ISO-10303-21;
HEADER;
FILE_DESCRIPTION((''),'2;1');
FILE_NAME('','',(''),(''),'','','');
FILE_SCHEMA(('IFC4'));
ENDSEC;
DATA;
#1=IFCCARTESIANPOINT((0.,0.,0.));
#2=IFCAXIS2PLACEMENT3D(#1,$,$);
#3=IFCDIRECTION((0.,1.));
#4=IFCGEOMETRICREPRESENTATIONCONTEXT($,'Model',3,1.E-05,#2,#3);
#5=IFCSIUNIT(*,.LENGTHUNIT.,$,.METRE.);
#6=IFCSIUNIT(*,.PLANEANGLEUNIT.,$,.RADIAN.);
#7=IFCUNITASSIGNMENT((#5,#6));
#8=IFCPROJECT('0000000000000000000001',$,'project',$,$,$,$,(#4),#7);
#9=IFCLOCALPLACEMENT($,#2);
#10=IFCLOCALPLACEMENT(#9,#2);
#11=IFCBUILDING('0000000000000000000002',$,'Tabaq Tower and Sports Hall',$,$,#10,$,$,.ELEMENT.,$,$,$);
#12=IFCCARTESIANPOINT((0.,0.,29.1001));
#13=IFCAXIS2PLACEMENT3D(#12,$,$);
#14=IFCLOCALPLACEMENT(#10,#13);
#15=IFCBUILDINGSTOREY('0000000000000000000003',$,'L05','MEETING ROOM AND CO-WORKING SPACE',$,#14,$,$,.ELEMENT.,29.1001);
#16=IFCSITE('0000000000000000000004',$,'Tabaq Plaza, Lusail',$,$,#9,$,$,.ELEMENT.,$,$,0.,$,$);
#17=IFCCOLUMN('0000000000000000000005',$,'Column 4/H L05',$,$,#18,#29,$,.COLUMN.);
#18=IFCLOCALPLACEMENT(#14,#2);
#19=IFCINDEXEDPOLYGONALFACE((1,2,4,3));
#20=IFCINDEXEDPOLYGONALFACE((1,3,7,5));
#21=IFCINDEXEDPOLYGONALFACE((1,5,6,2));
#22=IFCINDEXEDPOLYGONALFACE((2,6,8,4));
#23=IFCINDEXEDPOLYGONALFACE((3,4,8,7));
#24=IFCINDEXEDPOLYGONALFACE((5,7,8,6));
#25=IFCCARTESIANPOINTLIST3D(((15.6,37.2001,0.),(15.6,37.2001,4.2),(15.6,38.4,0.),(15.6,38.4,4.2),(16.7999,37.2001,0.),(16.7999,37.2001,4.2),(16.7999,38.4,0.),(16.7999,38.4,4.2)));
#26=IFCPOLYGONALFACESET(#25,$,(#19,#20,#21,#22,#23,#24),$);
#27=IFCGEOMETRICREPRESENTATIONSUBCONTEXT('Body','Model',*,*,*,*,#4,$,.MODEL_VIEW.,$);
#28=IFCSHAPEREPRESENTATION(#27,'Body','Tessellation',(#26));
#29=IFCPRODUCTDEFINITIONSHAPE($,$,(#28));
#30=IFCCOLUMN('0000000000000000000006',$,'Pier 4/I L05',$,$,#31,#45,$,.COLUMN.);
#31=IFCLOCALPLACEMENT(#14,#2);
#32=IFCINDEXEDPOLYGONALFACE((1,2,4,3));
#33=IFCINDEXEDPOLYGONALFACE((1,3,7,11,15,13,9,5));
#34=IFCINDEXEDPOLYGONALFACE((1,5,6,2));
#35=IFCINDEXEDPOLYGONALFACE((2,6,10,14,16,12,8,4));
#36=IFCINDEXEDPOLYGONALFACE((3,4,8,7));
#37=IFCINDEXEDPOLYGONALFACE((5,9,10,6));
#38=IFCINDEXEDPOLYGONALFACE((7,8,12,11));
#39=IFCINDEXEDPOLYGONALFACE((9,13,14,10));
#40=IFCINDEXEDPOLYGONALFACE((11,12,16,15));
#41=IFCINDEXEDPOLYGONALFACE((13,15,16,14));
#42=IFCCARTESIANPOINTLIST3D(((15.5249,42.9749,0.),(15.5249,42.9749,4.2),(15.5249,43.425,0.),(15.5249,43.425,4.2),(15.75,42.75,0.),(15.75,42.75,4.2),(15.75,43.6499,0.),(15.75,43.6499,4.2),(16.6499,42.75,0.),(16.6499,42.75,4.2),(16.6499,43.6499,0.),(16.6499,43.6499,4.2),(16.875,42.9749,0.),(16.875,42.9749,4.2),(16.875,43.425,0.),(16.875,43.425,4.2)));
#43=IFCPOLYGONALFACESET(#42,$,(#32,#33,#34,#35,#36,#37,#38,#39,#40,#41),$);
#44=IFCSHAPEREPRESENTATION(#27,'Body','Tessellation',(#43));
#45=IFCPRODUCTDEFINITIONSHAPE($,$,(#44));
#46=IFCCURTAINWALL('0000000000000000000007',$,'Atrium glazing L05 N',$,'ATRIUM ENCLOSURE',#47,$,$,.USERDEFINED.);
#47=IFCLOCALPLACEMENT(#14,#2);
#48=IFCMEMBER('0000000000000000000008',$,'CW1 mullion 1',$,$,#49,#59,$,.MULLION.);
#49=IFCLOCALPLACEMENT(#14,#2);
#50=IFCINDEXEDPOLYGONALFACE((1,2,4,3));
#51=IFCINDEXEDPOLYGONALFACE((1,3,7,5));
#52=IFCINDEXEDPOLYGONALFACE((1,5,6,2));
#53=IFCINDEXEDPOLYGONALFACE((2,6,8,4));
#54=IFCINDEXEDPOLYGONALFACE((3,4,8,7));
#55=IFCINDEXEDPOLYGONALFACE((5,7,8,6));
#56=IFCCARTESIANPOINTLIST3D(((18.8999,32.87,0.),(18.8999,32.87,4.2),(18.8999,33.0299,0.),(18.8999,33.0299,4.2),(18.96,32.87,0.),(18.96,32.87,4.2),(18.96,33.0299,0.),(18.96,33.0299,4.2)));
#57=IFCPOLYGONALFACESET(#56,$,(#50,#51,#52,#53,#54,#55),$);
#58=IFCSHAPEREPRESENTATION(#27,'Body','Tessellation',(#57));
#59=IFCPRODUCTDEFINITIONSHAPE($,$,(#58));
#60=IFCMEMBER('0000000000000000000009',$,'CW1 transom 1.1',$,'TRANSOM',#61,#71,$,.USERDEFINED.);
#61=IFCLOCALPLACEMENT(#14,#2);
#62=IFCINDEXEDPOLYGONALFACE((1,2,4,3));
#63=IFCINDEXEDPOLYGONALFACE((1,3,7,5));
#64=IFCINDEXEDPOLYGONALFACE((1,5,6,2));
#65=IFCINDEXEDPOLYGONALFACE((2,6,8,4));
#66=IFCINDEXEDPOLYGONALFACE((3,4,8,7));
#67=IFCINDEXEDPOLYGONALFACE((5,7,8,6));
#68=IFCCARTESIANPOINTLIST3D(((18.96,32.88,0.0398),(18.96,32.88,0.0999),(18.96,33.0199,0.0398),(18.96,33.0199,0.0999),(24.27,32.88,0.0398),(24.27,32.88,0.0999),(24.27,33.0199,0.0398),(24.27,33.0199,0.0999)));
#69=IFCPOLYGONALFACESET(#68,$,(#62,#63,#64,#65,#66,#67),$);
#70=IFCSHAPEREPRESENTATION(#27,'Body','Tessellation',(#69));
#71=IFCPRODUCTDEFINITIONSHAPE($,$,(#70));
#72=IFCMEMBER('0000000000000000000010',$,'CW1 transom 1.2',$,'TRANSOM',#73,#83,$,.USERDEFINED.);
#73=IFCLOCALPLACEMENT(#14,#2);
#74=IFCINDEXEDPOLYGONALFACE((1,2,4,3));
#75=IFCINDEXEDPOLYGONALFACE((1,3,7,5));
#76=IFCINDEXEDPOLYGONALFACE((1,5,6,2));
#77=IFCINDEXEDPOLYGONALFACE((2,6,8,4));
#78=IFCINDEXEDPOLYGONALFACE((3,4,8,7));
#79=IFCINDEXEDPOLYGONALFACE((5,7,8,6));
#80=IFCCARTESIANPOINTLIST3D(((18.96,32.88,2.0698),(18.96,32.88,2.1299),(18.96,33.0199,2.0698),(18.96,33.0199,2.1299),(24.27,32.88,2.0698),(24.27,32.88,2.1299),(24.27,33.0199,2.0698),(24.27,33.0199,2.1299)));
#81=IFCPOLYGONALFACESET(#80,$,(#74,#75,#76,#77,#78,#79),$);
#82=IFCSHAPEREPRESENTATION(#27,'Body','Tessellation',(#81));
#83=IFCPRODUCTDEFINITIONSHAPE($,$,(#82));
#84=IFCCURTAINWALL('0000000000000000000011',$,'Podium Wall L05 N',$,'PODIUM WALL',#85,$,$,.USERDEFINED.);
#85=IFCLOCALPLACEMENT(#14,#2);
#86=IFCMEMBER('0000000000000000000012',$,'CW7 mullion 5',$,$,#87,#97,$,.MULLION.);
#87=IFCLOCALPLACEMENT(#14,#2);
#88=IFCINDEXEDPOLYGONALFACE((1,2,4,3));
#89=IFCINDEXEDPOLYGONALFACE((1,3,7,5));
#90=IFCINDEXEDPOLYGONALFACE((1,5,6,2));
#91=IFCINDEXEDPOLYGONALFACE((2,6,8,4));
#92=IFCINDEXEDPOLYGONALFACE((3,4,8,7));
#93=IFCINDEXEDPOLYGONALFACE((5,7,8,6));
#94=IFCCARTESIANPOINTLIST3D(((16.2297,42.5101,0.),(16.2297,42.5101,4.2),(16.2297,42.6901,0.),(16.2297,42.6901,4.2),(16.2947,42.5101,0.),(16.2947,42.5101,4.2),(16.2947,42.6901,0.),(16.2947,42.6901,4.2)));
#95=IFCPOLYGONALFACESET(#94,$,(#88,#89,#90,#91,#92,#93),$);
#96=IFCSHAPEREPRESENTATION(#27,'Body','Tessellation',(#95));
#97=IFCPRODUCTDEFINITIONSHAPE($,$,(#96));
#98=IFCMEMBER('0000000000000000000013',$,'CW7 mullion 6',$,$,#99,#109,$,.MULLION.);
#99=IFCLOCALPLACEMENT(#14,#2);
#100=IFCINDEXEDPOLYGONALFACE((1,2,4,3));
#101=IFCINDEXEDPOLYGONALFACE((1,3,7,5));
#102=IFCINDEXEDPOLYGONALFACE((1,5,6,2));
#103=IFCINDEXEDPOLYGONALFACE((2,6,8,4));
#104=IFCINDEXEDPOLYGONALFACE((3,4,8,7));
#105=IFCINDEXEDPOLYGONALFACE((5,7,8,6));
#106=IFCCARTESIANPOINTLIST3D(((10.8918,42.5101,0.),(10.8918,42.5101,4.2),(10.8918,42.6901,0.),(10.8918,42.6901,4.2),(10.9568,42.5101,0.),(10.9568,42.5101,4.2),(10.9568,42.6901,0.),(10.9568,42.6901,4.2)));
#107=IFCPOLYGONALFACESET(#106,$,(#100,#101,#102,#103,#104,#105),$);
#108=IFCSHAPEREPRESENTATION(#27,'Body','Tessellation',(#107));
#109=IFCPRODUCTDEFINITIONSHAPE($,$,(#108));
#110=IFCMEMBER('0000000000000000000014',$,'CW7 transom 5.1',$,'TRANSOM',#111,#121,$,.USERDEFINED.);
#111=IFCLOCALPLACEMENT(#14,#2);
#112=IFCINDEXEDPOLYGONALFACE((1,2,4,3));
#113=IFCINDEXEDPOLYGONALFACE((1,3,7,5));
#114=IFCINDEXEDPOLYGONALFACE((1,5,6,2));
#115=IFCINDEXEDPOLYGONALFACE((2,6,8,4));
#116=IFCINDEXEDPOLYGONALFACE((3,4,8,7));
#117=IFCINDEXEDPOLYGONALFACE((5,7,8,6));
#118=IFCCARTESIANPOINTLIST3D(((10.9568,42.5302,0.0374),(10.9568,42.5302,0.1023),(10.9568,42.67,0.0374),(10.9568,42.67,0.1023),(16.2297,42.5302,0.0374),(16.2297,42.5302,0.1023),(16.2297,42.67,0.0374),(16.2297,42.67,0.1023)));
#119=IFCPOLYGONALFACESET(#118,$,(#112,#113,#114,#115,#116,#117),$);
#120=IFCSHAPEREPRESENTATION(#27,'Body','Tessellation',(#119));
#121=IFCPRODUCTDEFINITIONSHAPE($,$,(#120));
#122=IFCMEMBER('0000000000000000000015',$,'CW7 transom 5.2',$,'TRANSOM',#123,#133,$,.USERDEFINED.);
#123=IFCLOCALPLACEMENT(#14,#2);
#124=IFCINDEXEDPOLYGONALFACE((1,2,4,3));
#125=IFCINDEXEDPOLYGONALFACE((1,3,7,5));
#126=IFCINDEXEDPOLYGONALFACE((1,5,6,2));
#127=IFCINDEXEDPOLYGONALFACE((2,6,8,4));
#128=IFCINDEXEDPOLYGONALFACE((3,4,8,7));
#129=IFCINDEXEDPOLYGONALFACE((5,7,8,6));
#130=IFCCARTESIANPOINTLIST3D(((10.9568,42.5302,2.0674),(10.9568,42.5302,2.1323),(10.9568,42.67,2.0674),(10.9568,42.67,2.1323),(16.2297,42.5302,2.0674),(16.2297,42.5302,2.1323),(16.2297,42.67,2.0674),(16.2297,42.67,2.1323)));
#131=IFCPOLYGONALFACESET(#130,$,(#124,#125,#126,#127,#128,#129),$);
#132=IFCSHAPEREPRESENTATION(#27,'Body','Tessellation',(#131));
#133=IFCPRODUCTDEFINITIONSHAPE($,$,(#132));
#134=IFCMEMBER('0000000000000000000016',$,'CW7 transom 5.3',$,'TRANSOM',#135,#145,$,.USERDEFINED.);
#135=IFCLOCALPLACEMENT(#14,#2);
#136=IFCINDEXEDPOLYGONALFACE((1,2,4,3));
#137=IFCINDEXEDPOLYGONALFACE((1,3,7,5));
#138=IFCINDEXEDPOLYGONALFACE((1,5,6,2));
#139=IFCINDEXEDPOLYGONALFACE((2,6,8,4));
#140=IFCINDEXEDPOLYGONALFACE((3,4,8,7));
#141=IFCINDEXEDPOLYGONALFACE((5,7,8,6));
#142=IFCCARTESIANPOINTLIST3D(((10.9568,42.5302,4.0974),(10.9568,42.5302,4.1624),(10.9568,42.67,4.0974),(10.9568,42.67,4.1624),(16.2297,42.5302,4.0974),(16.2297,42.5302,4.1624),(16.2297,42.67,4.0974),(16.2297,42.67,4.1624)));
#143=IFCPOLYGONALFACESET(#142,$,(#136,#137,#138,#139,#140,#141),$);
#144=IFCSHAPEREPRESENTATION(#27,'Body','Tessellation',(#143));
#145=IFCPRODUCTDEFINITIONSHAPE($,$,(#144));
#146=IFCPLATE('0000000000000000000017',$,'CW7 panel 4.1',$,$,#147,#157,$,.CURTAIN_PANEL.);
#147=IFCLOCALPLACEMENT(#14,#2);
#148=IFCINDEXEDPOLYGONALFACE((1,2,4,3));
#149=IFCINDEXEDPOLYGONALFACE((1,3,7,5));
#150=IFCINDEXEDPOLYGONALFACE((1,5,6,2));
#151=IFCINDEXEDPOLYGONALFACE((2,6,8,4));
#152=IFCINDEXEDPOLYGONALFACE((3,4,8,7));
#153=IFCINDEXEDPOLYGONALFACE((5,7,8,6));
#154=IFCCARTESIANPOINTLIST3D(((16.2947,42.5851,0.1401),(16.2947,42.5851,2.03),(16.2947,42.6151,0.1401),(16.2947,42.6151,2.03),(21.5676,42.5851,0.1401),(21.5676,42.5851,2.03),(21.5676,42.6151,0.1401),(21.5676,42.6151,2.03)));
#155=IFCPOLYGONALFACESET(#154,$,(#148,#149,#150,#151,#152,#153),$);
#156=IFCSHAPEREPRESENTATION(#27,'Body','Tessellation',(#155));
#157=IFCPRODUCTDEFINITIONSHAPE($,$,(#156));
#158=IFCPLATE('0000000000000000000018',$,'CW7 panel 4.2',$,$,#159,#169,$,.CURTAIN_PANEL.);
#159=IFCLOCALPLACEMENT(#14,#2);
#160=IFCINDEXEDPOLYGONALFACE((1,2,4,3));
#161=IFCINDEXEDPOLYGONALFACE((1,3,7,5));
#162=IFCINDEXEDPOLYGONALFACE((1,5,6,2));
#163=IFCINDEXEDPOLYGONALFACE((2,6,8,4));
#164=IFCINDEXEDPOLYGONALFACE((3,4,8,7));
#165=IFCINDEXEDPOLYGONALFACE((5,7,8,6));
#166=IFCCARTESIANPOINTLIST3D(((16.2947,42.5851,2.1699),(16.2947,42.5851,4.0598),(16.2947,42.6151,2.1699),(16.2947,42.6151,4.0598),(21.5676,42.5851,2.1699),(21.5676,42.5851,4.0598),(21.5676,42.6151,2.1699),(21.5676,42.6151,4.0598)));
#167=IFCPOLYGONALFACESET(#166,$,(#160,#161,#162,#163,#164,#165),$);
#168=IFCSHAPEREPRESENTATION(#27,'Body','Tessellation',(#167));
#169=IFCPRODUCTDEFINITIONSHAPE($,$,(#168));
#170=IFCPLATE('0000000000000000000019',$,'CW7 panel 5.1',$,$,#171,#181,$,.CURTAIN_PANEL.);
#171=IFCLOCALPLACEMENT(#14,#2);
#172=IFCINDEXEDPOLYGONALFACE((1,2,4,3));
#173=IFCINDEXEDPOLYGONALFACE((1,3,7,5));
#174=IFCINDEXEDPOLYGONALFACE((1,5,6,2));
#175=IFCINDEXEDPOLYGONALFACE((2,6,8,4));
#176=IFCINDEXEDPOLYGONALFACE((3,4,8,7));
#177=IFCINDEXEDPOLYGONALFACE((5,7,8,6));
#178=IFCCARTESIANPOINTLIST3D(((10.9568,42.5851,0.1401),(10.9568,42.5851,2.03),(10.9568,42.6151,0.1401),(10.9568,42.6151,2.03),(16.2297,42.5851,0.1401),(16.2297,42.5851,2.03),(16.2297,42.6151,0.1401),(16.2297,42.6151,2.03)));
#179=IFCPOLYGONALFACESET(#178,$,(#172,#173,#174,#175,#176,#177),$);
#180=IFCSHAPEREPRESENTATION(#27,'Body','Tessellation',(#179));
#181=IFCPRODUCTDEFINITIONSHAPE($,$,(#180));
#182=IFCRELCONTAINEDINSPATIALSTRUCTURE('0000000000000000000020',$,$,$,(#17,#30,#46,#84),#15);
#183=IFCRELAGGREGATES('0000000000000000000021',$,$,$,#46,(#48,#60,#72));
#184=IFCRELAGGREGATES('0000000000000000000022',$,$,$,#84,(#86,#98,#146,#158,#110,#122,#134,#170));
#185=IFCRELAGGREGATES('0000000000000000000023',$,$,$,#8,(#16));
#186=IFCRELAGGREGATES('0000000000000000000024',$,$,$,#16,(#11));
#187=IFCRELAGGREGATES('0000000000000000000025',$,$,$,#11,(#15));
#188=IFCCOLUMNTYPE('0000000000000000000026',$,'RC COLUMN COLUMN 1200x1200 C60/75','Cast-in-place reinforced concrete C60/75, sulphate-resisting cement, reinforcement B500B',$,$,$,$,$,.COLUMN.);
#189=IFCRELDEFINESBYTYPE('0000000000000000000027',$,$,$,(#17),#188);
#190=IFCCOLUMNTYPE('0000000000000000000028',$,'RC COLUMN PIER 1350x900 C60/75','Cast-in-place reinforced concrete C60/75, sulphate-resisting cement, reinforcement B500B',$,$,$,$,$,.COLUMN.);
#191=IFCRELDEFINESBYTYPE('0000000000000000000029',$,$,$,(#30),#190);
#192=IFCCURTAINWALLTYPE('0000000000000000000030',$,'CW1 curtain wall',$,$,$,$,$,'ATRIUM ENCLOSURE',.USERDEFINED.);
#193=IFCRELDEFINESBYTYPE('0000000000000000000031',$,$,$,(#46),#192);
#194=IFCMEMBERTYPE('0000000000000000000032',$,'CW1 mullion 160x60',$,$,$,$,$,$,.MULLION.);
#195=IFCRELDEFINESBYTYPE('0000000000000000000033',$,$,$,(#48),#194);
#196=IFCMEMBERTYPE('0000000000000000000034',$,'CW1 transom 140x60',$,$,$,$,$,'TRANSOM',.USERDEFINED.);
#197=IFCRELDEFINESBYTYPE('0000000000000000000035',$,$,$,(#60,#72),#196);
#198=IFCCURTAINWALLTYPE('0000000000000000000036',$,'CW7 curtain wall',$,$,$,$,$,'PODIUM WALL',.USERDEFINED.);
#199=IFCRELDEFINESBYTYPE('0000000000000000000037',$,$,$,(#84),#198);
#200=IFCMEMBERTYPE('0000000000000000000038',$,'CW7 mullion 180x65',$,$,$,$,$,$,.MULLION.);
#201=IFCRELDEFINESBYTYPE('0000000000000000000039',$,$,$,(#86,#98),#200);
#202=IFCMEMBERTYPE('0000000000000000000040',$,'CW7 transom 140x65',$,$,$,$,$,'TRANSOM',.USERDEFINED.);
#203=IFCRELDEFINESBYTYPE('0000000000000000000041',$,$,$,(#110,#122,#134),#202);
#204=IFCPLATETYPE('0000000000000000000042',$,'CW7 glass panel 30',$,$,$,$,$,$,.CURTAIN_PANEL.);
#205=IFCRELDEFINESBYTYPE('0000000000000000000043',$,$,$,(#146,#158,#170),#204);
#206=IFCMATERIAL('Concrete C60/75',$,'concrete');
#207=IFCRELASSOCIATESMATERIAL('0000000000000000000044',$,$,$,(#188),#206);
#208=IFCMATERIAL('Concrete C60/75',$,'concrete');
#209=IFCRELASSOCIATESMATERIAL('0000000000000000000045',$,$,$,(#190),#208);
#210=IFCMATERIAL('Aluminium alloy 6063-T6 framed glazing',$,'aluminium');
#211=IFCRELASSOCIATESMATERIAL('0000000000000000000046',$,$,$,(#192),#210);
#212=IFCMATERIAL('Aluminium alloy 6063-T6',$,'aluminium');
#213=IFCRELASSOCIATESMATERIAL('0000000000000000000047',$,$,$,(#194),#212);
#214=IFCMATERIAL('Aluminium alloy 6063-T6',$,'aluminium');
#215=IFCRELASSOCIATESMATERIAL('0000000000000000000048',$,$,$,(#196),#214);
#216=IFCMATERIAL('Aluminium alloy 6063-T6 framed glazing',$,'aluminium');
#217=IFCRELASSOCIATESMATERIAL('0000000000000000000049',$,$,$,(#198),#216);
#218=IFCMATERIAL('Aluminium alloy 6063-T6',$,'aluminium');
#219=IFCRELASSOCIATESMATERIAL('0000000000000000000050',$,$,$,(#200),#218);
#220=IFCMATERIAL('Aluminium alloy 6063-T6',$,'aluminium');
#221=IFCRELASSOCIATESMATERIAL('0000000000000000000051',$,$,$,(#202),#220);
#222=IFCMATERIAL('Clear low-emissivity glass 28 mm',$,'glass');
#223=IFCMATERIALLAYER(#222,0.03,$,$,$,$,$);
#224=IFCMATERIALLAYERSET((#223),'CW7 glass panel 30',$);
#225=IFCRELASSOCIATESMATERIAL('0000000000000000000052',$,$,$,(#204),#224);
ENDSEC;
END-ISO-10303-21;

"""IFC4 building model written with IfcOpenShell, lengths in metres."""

from ifc_helpers import new_model, si_unit, direction, frame, origin, origin_2d, place, context, subcontext, project, spatial, polyline, rectangle, outline, extrude, material, layer, layer_set, material_profile, profile_set, type_object, element, aggregate, save


model = new_model("IFC4")

# Units and contexts
model_context = context("Model", 3, precision=1e-05, world=origin(), true_north=direction((0.0, 1.0)))
body_context = subcontext(model_context, "Body", "Model", "MODEL_VIEW")
ifc_project = project(units=[si_unit("LENGTHUNIT", "METRE"), si_unit("PLANEANGLEUNIT", "RADIAN")], contexts=[model_context])

# Site, building, storey
site_placement = place(None, origin())
site = spatial("IfcSite", under=ifc_project, at=site_placement, Name="Tabaq Plaza, Lusail", CompositionType="ELEMENT", RefElevation=0.0)
building_placement = place(site_placement, origin())
building = spatial("IfcBuilding", under=site, at=building_placement, Name="Tabaq Tower and Sports Hall", CompositionType="ELEMENT")
storey_placement = place(building_placement, frame((0.0, 0.0, 29.1001)))
storey = spatial("IfcBuildingStorey", under=building, at=storey_placement, Name="L05", Description="MEETING ROOM AND CO-WORKING SPACE", CompositionType="ELEMENT", Elevation=29.1001)

# Columns
ifc_material_1 = material(Name="Concrete C60/75", Category="concrete")
ifc_material_profile_1 = material_profile(ifc_material_1, rectangle(XDim=1.2, YDim=1.2, at=origin_2d()), Name="COLUMN 1200x1200")
ifc_profile_set_1 = profile_set([ifc_material_profile_1], Name="Concrete C60/75")
column_type_1 = type_object("IfcColumnType", Name="RC COLUMN COLUMN 1200x1200 C60/75", Description="Cast-in-place reinforced concrete C60/75, sulphate-resisting cement, reinforcement B500B", PredefinedType="COLUMN", material=ifc_profile_set_1)
column_1_placement = place(storey_placement, frame((16.2, 37.8, 0.0), z_axis=(0.0, 0.0, 1.0), x_axis=(1.0, 0.0, 0.0)))
element("IfcColumn", 1, at=column_1_placement, inside=storey, type_object=column_type_1, Name="Column 4/H L05", PredefinedType="COLUMN", context=body_context, shape_type="SweptSolid", body=[
    extrude(rectangle(XDim=1.2, YDim=1.2, at=origin_2d()), origin(), (0.0, 0.0, 1.0), 4.2),
])
ifc_material_2 = material(Name="Concrete C60/75", Category="concrete")
ifc_material_profile_2 = material_profile(ifc_material_2, outline(polyline([(-0.45, -0.45), (0.45, -0.45), (0.675, -0.2251), (0.675, 0.2251), (0.45, 0.45), (-0.45, 0.45), (-0.675, 0.2251), (-0.675, -0.2251), (-0.45, -0.45)])), Name="PIER 1350x900")
ifc_profile_set_2 = profile_set([ifc_material_profile_2], Name="Concrete C60/75")
column_type_2 = type_object("IfcColumnType", Name="RC COLUMN PIER 1350x900 C60/75", Description="Cast-in-place reinforced concrete C60/75, sulphate-resisting cement, reinforcement B500B", PredefinedType="COLUMN", material=ifc_profile_set_2)
column_2_placement = place(storey_placement, frame((16.2, 43.2, 0.0), z_axis=(0.0, 0.0, 1.0), x_axis=(1.0, 0.0, 0.0)))
element("IfcColumn", 2, at=column_2_placement, inside=storey, type_object=column_type_2, Name="Pier 4/I L05", PredefinedType="COLUMN", context=body_context, shape_type="SweptSolid", body=[
    extrude(outline(polyline([(-0.45, -0.45), (0.45, -0.45), (0.675, -0.2251), (0.675, 0.2251), (0.45, 0.45), (-0.45, 0.45), (-0.675, 0.2251), (-0.675, -0.2251), (-0.45, -0.45)])), origin(), (0.0, 0.0, 1.0), 4.2),
])

# Curtain wall, members
ifc_material_3 = material(Name="Aluminium alloy 6063-T6 framed glazing", Category="aluminium")
curtain_wall_type_1 = type_object("IfcCurtainWallType", Name="CW1 curtain wall", ElementType="ATRIUM ENCLOSURE", PredefinedType="USERDEFINED", material=ifc_material_3)
curtain_wall_1_placement = place(storey_placement, origin())
curtain_wall_1 = element("IfcCurtainWall", 3, at=curtain_wall_1_placement, inside=storey, type_object=curtain_wall_type_1, Name="Atrium glazing L05 N", ObjectType="ATRIUM ENCLOSURE", PredefinedType="USERDEFINED")
ifc_material_4 = material(Name="Aluminium alloy 6063-T6", Category="aluminium")
ifc_material_profile_3 = material_profile(ifc_material_4, rectangle(XDim=0.1599, YDim=0.0601, at=origin_2d()), Name="MULLION 160x60")
ifc_profile_set_3 = profile_set([ifc_material_profile_3], Name="Aluminium alloy 6063-T6")
member_type_1 = type_object("IfcMemberType", Name="CW1 mullion 160x60", PredefinedType="MULLION", material=ifc_profile_set_3)
member_1_placement = place(storey_placement, frame((18.9299, 32.95, 0.0), z_axis=(0.0, 0.0, 1.0), x_axis=(0.0, 1.0, 0.0)))
member_1 = element("IfcMember", 4, at=member_1_placement, type_object=member_type_1, Name="CW1 mullion 1", PredefinedType="MULLION", context=body_context, shape_type="SweptSolid", body=[
    extrude(rectangle(XDim=0.1599, YDim=0.0601, at=origin_2d()), origin(), (0.0, 0.0, 1.0), 4.2),
])
ifc_material_5 = material(Name="Aluminium alloy 6063-T6", Category="aluminium")
ifc_material_profile_4 = material_profile(ifc_material_5, rectangle(XDim=0.1399, YDim=0.0601, at=origin_2d()), Name="TRANSOM 140x60")
ifc_profile_set_4 = profile_set([ifc_material_profile_4], Name="Aluminium alloy 6063-T6")
member_type_2 = type_object("IfcMemberType", Name="CW1 transom 140x60", ElementType="TRANSOM", PredefinedType="USERDEFINED", material=ifc_profile_set_4)
member_2_placement = place(storey_placement, frame((18.96, 32.95, 0.0698), z_axis=(1.0, 0.0, 0.0), x_axis=(0.0, 1.0, 0.0)))
member_2 = element("IfcMember", 5, at=member_2_placement, type_object=member_type_2, Name="CW1 transom 1.1", ObjectType="TRANSOM", PredefinedType="USERDEFINED", context=body_context, shape_type="SweptSolid", body=[
    extrude(rectangle(XDim=0.1399, YDim=0.0601, at=origin_2d()), origin(), (0.0, 0.0, 1.0), 5.3101),
])
member_3_placement = place(storey_placement, frame((18.96, 32.95, 2.0999), z_axis=(1.0, 0.0, 0.0), x_axis=(0.0, 1.0, 0.0)))
member_3 = element("IfcMember", 6, at=member_3_placement, type_object=member_type_2, Name="CW1 transom 1.2", ObjectType="TRANSOM", PredefinedType="USERDEFINED", context=body_context, shape_type="SweptSolid", body=[
    extrude(rectangle(XDim=0.1399, YDim=0.0601, at=origin_2d()), origin(), (0.0, 0.0, 1.0), 5.3101),
])
aggregate(curtain_wall_1, [member_1, member_2, member_3])

# Curtain wall, members, plates
ifc_material_6 = material(Name="Aluminium alloy 6063-T6 framed glazing", Category="aluminium")
curtain_wall_type_2 = type_object("IfcCurtainWallType", Name="CW7 curtain wall", ElementType="PODIUM WALL", PredefinedType="USERDEFINED", material=ifc_material_6)
curtain_wall_2_placement = place(storey_placement, origin())
curtain_wall_2 = element("IfcCurtainWall", 7, at=curtain_wall_2_placement, inside=storey, type_object=curtain_wall_type_2, Name="Podium Wall L05 N", ObjectType="PODIUM WALL", PredefinedType="USERDEFINED")
ifc_material_7 = material(Name="Aluminium alloy 6063-T6", Category="aluminium")
ifc_material_profile_5 = material_profile(ifc_material_7, rectangle(XDim=0.1799, YDim=0.0649, at=origin_2d()), Name="MULLION 180x65")
ifc_profile_set_5 = profile_set([ifc_material_profile_5], Name="Aluminium alloy 6063-T6")
member_type_3 = type_object("IfcMemberType", Name="CW7 mullion 180x65", PredefinedType="MULLION", material=ifc_profile_set_5)
member_4_placement = place(storey_placement, frame((16.2622, 42.6001, 0.0), z_axis=(0.0, 0.0, 1.0), x_axis=(0.0, -1.0, 0.0)))
member_4 = element("IfcMember", 8, at=member_4_placement, type_object=member_type_3, Name="CW7 mullion 5", PredefinedType="MULLION", context=body_context, shape_type="SweptSolid", body=[
    extrude(rectangle(XDim=0.1799, YDim=0.0649, at=origin_2d()), origin(), (0.0, 0.0, 1.0), 4.2),
])
member_5_placement = place(storey_placement, frame((10.9243, 42.6001, 0.0), z_axis=(0.0, 0.0, 1.0), x_axis=(0.0, -1.0, 0.0)))
member_5 = element("IfcMember", 9, at=member_5_placement, type_object=member_type_3, Name="CW7 mullion 6", PredefinedType="MULLION", context=body_context, shape_type="SweptSolid", body=[
    extrude(rectangle(XDim=0.1799, YDim=0.0649, at=origin_2d()), origin(), (0.0, 0.0, 1.0), 4.2),
])
ifc_material_8 = material(Name="Aluminium alloy 6063-T6", Category="aluminium")
ifc_material_profile_6 = material_profile(ifc_material_8, rectangle(XDim=0.1399, YDim=0.0649, at=origin_2d()), Name="TRANSOM 140x65")
ifc_profile_set_6 = profile_set([ifc_material_profile_6], Name="Aluminium alloy 6063-T6")
member_type_4 = type_object("IfcMemberType", Name="CW7 transom 140x65", ElementType="TRANSOM", PredefinedType="USERDEFINED", material=ifc_profile_set_6)
member_6_placement = place(storey_placement, frame((16.2297, 42.6001, 0.0698), z_axis=(-1.0, 0.0, 0.0), x_axis=(0.0, -1.0, 0.0)))
member_6 = element("IfcMember", 10, at=member_6_placement, type_object=member_type_4, Name="CW7 transom 5.1", ObjectType="TRANSOM", PredefinedType="USERDEFINED", context=body_context, shape_type="SweptSolid", body=[
    extrude(rectangle(XDim=0.1399, YDim=0.0649, at=origin_2d()), origin(), (0.0, 0.0, 1.0), 5.2729),
])
member_7_placement = place(storey_placement, frame((16.2297, 42.6001, 2.0999), z_axis=(-1.0, 0.0, 0.0), x_axis=(0.0, -1.0, 0.0)))
member_7 = element("IfcMember", 11, at=member_7_placement, type_object=member_type_4, Name="CW7 transom 5.2", ObjectType="TRANSOM", PredefinedType="USERDEFINED", context=body_context, shape_type="SweptSolid", body=[
    extrude(rectangle(XDim=0.1399, YDim=0.0649, at=origin_2d()), origin(), (0.0, 0.0, 1.0), 5.2729),
])
member_8_placement = place(storey_placement, frame((16.2297, 42.6001, 4.1299), z_axis=(-1.0, 0.0, 0.0), x_axis=(0.0, -1.0, 0.0)))
member_8 = element("IfcMember", 12, at=member_8_placement, type_object=member_type_4, Name="CW7 transom 5.3", ObjectType="TRANSOM", PredefinedType="USERDEFINED", context=body_context, shape_type="SweptSolid", body=[
    extrude(rectangle(XDim=0.1399, YDim=0.0649, at=origin_2d()), origin(), (0.0, 0.0, 1.0), 5.2729),
])
ifc_material_9 = material(Name="Clear low-emissivity glass 28 mm", Category="glass")
ifc_layer_1 = layer(ifc_material_9, 0.03)
ifc_layer_set_1 = layer_set([ifc_layer_1], Name="CW7 glass panel 30")
plate_type = type_object("IfcPlateType", Name="CW7 glass panel 30", PredefinedType="CURTAIN_PANEL", material=ifc_layer_set_1)
plate_1_placement = place(storey_placement, frame((18.9312, 42.6001, 0.1401), z_axis=(0.0, 0.0, 1.0), x_axis=(-1.0, 0.0, 0.0)))
plate_1 = element("IfcPlate", 13, at=plate_1_placement, type_object=plate_type, Name="CW7 panel 4.1", PredefinedType="CURTAIN_PANEL", context=body_context, shape_type="SweptSolid", body=[
    extrude(rectangle(XDim=5.2729, YDim=0.03, at=origin_2d()), origin(), (0.0, 0.0, 1.0), 1.8899),
])
plate_2_placement = place(storey_placement, frame((18.9312, 42.6001, 2.1699), z_axis=(0.0, 0.0, 1.0), x_axis=(-1.0, 0.0, 0.0)))
plate_2 = element("IfcPlate", 14, at=plate_2_placement, type_object=plate_type, Name="CW7 panel 4.2", PredefinedType="CURTAIN_PANEL", context=body_context, shape_type="SweptSolid", body=[
    extrude(rectangle(XDim=5.2729, YDim=0.03, at=origin_2d()), origin(), (0.0, 0.0, 1.0), 1.8899),
])
plate_3_placement = place(storey_placement, frame((13.5933, 42.6001, 0.1401), z_axis=(0.0, 0.0, 1.0), x_axis=(-1.0, 0.0, 0.0)))
plate_3 = element("IfcPlate", 15, at=plate_3_placement, type_object=plate_type, Name="CW7 panel 5.1", PredefinedType="CURTAIN_PANEL", context=body_context, shape_type="SweptSolid", body=[
    extrude(rectangle(XDim=5.2729, YDim=0.03, at=origin_2d()), origin(), (0.0, 0.0, 1.0), 1.8899),
])
aggregate(curtain_wall_2, [member_4, member_5, plate_1, plate_2, member_6, member_7, member_8, plate_3])

save(model, "model.ifc")
